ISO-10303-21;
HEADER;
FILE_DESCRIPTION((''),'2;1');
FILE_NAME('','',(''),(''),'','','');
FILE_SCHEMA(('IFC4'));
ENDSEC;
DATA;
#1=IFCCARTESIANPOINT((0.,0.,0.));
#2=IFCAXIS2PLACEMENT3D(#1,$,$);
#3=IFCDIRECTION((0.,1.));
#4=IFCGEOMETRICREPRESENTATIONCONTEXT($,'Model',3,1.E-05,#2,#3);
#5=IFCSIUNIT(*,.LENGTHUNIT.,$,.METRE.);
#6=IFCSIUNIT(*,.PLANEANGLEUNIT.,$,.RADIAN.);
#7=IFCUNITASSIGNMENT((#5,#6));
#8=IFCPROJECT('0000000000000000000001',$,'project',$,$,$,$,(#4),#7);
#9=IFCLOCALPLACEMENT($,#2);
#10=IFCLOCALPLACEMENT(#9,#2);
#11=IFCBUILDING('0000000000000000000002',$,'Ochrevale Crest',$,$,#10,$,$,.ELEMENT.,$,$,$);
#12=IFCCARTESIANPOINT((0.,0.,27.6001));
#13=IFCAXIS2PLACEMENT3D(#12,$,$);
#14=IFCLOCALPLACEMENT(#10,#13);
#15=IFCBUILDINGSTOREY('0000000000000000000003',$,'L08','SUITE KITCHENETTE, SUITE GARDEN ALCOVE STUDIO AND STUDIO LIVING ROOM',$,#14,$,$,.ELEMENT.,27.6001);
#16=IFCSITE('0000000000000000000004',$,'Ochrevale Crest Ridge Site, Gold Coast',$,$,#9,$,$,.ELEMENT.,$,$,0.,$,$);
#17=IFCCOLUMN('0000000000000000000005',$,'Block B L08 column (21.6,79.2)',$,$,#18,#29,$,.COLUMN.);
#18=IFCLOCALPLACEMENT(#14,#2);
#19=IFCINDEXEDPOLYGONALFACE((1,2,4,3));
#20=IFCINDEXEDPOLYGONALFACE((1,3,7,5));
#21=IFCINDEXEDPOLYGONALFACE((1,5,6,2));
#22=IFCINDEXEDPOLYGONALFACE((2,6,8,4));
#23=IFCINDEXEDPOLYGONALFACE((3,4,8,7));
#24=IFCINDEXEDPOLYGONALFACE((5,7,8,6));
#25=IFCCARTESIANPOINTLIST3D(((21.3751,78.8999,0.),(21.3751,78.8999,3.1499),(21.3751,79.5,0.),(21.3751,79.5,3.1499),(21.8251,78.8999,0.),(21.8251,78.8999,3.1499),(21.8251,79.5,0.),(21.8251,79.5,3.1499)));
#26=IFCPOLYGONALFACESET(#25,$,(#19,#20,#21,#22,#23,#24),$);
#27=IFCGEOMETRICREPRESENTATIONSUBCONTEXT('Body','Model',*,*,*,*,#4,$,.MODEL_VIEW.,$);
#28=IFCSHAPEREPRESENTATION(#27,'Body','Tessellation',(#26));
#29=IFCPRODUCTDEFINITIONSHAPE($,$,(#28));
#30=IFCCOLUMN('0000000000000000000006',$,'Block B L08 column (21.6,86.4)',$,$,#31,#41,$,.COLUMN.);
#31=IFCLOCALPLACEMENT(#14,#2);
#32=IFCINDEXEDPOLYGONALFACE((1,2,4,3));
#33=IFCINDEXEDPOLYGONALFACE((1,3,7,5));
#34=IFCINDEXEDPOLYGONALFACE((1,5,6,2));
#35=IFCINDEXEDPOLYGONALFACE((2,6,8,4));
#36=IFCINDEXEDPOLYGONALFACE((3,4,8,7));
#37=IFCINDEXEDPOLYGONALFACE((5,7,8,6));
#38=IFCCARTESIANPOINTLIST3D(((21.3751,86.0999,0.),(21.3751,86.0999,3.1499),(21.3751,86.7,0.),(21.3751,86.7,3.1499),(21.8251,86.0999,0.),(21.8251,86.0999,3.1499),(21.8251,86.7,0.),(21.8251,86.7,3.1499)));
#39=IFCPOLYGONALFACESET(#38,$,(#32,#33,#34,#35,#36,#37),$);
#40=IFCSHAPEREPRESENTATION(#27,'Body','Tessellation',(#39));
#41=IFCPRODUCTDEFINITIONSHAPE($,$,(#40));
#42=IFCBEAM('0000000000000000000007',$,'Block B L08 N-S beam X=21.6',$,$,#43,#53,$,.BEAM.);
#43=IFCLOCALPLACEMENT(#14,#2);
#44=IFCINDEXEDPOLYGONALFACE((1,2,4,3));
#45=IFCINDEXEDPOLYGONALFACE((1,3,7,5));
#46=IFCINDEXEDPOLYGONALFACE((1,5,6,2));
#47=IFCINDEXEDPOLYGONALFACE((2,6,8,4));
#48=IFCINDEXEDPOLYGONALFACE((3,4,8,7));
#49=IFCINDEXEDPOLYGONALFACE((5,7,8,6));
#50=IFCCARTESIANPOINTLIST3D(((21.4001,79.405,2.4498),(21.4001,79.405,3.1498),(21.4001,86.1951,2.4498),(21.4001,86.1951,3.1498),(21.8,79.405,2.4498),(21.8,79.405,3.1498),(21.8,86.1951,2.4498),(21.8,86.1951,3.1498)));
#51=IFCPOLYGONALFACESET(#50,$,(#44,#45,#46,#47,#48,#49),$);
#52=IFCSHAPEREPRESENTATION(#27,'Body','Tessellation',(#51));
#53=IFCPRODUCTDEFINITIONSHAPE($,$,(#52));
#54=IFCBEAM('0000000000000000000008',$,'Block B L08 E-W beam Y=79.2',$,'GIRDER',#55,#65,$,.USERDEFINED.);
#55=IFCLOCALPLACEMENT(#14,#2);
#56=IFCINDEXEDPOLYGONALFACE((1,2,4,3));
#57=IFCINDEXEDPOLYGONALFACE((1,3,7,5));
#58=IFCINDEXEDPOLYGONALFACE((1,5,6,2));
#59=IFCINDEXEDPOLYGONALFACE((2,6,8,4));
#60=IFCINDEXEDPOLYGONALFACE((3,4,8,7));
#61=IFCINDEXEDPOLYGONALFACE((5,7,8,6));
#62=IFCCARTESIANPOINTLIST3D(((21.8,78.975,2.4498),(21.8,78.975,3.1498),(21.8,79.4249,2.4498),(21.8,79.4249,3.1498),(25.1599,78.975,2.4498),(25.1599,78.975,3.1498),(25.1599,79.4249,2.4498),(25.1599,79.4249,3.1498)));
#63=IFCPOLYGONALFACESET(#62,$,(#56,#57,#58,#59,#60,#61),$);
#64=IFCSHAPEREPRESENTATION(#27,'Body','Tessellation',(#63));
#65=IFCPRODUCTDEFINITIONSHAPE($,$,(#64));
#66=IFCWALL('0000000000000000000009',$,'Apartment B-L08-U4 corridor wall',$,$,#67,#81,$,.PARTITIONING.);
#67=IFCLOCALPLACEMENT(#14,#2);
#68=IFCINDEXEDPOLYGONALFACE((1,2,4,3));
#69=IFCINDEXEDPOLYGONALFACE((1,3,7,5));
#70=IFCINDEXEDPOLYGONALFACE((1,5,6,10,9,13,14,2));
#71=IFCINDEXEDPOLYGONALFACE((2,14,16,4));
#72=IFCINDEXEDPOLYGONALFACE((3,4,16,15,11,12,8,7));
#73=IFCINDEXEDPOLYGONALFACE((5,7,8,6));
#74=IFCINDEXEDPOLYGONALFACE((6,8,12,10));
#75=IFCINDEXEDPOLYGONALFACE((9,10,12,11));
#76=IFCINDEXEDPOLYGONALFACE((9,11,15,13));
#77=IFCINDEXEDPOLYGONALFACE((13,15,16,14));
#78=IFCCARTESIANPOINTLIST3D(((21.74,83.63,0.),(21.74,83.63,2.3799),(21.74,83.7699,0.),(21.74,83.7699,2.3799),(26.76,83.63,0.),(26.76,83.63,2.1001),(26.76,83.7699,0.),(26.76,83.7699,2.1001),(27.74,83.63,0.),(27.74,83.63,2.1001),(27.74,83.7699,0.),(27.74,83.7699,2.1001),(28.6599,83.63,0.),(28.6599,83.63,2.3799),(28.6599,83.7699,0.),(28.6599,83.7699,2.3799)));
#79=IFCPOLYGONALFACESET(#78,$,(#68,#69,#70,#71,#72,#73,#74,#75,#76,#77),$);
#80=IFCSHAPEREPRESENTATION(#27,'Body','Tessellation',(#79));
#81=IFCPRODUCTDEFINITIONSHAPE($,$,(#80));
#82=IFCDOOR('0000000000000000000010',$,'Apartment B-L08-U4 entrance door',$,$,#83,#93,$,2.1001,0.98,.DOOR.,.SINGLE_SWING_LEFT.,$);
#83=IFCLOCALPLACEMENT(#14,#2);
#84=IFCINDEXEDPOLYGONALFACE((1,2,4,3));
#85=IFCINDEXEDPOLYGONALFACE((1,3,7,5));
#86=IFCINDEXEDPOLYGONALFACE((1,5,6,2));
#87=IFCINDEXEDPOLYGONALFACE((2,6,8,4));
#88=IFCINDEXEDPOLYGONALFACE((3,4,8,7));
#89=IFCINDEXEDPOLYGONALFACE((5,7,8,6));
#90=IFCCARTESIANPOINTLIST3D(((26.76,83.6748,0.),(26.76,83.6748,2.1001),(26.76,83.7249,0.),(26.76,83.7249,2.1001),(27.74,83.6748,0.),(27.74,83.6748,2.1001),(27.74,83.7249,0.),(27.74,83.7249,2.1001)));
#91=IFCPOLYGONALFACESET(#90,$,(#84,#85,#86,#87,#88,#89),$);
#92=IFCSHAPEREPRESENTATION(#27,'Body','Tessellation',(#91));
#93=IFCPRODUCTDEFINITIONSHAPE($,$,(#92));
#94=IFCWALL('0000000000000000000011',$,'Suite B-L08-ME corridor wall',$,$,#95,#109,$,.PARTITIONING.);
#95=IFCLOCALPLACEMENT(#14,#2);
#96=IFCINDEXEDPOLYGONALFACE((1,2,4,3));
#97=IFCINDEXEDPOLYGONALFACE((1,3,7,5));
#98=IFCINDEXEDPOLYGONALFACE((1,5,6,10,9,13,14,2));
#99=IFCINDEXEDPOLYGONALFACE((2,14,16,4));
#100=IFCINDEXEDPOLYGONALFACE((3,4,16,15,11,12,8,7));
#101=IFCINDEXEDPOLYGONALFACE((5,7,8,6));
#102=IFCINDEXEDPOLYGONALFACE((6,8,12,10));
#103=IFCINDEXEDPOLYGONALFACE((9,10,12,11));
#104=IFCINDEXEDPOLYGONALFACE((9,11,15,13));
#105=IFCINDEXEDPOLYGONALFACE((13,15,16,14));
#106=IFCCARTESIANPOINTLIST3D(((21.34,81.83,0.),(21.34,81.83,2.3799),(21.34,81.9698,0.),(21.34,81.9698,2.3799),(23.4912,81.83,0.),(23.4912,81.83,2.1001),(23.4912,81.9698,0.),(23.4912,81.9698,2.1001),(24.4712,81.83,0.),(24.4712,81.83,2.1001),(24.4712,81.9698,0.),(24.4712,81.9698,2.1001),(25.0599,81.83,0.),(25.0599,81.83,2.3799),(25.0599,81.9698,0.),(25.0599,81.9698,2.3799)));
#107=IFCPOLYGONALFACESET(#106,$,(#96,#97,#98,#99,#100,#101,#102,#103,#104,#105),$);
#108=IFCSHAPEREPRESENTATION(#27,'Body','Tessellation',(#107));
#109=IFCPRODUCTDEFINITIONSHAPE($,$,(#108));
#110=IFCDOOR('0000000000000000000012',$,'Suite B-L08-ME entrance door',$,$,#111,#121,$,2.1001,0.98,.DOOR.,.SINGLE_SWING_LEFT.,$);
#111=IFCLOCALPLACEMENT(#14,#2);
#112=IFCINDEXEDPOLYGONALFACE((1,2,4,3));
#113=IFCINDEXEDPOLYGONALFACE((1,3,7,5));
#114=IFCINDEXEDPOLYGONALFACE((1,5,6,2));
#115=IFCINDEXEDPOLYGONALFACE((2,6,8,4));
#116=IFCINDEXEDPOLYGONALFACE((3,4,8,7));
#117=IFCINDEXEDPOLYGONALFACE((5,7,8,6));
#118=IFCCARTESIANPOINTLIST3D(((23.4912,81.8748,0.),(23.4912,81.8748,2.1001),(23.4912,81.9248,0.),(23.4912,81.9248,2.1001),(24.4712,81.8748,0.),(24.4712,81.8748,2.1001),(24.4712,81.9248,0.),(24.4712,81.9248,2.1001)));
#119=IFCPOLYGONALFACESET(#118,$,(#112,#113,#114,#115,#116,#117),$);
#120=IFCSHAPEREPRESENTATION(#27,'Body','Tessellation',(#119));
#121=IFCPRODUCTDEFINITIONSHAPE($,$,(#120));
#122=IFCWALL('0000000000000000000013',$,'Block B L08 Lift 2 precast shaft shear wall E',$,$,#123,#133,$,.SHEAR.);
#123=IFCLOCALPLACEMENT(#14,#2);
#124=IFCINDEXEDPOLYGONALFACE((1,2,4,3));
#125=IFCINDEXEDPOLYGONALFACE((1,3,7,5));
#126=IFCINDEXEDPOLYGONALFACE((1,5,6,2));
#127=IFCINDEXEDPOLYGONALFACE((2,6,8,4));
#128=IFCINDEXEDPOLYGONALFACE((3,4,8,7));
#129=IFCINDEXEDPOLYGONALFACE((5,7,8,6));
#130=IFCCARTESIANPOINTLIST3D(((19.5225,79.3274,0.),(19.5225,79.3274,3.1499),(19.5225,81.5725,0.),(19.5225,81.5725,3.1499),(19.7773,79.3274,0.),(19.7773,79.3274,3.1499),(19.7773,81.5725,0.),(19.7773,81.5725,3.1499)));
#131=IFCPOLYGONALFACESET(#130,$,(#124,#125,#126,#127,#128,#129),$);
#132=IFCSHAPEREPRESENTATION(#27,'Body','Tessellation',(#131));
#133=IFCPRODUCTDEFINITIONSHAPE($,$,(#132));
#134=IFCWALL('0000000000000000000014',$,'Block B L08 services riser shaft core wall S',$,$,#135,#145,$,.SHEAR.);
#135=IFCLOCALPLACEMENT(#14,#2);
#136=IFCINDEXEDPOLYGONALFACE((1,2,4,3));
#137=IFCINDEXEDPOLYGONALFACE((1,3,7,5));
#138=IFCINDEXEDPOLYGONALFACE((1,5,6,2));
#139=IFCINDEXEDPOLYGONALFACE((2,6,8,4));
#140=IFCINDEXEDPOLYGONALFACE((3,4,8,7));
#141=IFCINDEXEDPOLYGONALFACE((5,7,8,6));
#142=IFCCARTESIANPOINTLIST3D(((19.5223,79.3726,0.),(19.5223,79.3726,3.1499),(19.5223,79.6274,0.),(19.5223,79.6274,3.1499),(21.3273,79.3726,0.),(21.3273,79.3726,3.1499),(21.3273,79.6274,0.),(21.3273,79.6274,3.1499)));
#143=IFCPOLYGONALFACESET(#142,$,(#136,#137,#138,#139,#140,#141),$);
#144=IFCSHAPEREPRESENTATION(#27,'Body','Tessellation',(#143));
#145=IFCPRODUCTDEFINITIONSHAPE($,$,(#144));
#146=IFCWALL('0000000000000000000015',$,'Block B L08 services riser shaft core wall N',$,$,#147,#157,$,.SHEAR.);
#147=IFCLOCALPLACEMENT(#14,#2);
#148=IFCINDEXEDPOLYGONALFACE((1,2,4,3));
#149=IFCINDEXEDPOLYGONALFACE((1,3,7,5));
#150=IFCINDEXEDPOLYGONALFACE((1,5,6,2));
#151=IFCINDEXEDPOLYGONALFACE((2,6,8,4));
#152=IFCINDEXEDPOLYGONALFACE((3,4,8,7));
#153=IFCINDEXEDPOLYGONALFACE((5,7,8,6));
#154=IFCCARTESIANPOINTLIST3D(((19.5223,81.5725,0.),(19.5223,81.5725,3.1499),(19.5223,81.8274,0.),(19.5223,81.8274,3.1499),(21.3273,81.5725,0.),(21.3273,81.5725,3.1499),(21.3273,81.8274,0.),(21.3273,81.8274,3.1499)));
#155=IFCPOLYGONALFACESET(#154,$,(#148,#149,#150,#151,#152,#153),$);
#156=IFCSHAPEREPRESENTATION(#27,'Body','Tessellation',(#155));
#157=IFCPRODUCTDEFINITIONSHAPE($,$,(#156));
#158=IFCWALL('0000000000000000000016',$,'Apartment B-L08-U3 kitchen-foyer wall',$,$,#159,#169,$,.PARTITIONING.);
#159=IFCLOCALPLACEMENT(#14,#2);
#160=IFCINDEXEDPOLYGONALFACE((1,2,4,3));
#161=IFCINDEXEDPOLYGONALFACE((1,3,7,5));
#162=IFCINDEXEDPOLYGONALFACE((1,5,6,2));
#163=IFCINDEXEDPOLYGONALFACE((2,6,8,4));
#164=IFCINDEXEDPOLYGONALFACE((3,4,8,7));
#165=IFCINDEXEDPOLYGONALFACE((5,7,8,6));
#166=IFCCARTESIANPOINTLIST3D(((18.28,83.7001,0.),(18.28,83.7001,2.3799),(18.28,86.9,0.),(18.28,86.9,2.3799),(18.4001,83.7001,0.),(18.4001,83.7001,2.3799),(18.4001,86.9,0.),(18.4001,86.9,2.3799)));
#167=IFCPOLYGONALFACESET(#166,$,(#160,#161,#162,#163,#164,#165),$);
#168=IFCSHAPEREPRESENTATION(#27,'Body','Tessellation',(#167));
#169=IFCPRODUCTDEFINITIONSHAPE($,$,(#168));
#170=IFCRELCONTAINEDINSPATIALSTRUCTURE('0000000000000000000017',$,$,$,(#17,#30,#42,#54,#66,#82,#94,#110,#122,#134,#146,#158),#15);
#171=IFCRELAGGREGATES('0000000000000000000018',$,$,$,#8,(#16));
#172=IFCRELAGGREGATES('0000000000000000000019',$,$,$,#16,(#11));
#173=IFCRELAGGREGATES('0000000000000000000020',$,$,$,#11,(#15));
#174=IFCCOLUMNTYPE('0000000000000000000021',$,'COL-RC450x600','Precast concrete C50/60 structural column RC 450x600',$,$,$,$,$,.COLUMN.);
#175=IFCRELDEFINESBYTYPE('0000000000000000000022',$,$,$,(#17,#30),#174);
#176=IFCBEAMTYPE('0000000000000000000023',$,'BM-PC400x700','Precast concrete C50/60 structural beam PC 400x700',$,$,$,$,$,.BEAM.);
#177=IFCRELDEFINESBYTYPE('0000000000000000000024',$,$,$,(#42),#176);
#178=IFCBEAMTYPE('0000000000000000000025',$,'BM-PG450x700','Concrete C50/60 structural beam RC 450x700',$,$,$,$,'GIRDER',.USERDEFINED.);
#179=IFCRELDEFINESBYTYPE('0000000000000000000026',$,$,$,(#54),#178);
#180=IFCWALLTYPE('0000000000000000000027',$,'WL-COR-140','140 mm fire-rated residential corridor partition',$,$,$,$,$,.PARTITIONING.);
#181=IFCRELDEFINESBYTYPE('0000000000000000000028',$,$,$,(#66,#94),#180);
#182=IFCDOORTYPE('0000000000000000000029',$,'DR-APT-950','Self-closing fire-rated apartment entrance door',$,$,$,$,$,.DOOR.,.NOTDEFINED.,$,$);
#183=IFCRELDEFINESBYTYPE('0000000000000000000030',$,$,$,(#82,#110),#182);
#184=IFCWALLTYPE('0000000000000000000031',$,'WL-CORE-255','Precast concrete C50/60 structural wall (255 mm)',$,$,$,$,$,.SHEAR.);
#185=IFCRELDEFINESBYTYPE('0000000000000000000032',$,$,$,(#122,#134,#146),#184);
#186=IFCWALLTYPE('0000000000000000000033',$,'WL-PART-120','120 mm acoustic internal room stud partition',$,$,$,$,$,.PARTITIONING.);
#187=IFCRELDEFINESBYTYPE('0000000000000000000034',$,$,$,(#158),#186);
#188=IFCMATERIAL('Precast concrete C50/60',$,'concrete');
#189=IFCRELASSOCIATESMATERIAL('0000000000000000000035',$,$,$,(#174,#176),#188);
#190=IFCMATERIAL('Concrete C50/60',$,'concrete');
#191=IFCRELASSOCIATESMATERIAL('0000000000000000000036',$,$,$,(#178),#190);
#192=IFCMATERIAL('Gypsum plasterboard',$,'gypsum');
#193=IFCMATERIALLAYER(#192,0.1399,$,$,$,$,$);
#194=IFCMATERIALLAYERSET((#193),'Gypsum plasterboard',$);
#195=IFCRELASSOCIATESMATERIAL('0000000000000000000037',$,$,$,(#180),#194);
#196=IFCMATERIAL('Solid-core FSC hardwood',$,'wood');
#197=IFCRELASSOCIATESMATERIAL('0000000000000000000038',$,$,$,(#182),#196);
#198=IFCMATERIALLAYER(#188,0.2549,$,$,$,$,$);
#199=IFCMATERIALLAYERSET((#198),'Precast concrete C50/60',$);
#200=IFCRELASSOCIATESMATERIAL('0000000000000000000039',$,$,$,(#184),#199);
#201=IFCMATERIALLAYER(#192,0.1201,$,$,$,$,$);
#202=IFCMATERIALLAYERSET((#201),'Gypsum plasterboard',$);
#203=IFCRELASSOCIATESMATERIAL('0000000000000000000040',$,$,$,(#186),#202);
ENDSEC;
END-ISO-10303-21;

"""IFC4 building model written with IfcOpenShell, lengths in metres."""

from ifc_helpers import new_model, si_unit, direction, frame, frame_2d, origin, origin_2d, place, context, subcontext, project, spatial, rectangle, extrude, material, layer, layer_set, material_profile, profile_set, type_object, element, fill, save


model = new_model("IFC4")

# Units and contexts
model_context = context("Model", 3, precision=1e-05, world=origin(), true_north=direction((0.0, 1.0)))
body_context = subcontext(model_context, "Body", "Model", "MODEL_VIEW")
ifc_project = project(units=[si_unit("LENGTHUNIT", "METRE"), si_unit("PLANEANGLEUNIT", "RADIAN")], contexts=[model_context])

# Site, building, storey
site_placement = place(None, origin())
site = spatial("IfcSite", under=ifc_project, at=site_placement, Name="Ochrevale Crest Ridge Site, Gold Coast", CompositionType="ELEMENT", RefElevation=0.0)
building_placement = place(site_placement, origin())
building = spatial("IfcBuilding", under=site, at=building_placement, Name="Ochrevale Crest", CompositionType="ELEMENT")
storey_placement = place(building_placement, frame((0.0, 0.0, 27.6001)))
storey = spatial("IfcBuildingStorey", under=building, at=storey_placement, Name="L08", Description="SUITE KITCHENETTE, SUITE GARDEN ALCOVE STUDIO AND STUDIO LIVING ROOM", CompositionType="ELEMENT", Elevation=27.6001)

# Columns
ifc_material_1 = material(Name="Precast concrete C50/60", Category="concrete")
ifc_material_profile_1 = material_profile(ifc_material_1, rectangle(XDim=0.45, YDim=0.6001, at=origin_2d()), Name="RC 450x600")
ifc_profile_set_1 = profile_set([ifc_material_profile_1], Name="Precast concrete C50/60")
column_type = type_object("IfcColumnType", Name="COL-RC450x600", Description="Precast concrete C50/60 structural column RC 450x600", PredefinedType="COLUMN", material=ifc_profile_set_1)
for number, where, z_axis, x_axis, name in (
    (1, (21.6001, 79.2, 0.0), (0.0, 0.0, 1.0), (1.0, 0.0, 0.0), "Block B L08 column (21.6,79.2)"),
    (2, (21.6001, 86.3999, 0.0), (0.0, 0.0, 1.0), (1.0, 0.0, 0.0), "Block B L08 column (21.6,86.4)"),
):
    element("IfcColumn", number, at=place(storey_placement, frame(where, z_axis=z_axis, x_axis=x_axis)), inside=storey, type_object=column_type, Name=name, PredefinedType="COLUMN", context=body_context, shape_type="SweptSolid", body=[
        extrude(rectangle(XDim=0.45, YDim=0.6001, at=origin_2d()), origin(), (0.0, 0.0, 1.0), 3.1499),
    ])

# Beams
ifc_material_profile_2 = material_profile(ifc_material_1, rectangle(XDim=0.3999, YDim=0.7, at=origin_2d()), Name="PC 400x700")
ifc_profile_set_2 = profile_set([ifc_material_profile_2], Name="Precast concrete C50/60")
beam_type_1 = type_object("IfcBeamType", Name="BM-PC400x700", Description="Precast concrete C50/60 structural beam PC 400x700", PredefinedType="BEAM", material=ifc_profile_set_2)
beam_1_placement = place(storey_placement, frame((21.6001, 79.405, 2.7998), z_axis=(0.0, 1.0, 0.0), x_axis=(-1.0, 0.0, 0.0)))
element("IfcBeam", 3, at=beam_1_placement, inside=storey, type_object=beam_type_1, Name="Block B L08 N-S beam X=21.6", PredefinedType="BEAM", context=body_context, shape_type="SweptSolid", body=[
    extrude(rectangle(XDim=0.3999, YDim=0.7, at=origin_2d()), origin(), (0.0, 0.0, 1.0), 6.79),
])
ifc_material_2 = material(Name="Concrete C50/60", Category="concrete")
ifc_material_profile_3 = material_profile(ifc_material_2, rectangle(XDim=0.45, YDim=0.7, at=origin_2d()), Name="RC 450x700")
ifc_profile_set_3 = profile_set([ifc_material_profile_3], Name="Concrete C50/60")
beam_type_2 = type_object("IfcBeamType", Name="BM-PG450x700", Description="Concrete C50/60 structural beam RC 450x700", ElementType="GIRDER", PredefinedType="USERDEFINED", material=ifc_profile_set_3)
beam_2_placement = place(storey_placement, frame((21.8, 79.2, 2.7998), z_axis=(1.0, 0.0, 0.0), x_axis=(0.0, 1.0, 0.0)))
element("IfcBeam", 4, at=beam_2_placement, inside=storey, type_object=beam_type_2, Name="Block B L08 E-W beam Y=79.2", ObjectType="GIRDER", PredefinedType="USERDEFINED", context=body_context, shape_type="SweptSolid", body=[
    extrude(rectangle(XDim=0.45, YDim=0.7, at=origin_2d()), origin(), (0.0, 0.0, 1.0), 3.3599),
])

# Walls, openings, doors
ifc_material_3 = material(Name="Gypsum plasterboard", Category="gypsum")
ifc_layer_1 = layer(ifc_material_3, 0.1399)
ifc_layer_set_1 = layer_set([ifc_layer_1], Name="Gypsum plasterboard")
wall_type_1 = type_object("IfcWallType", Name="WL-COR-140", Description="140 mm fire-rated residential corridor partition", PredefinedType="PARTITIONING", material=ifc_layer_set_1)
wall_1_placement = place(storey_placement, frame((21.74, 83.7, 0.0), z_axis=(0.0, 0.0, 1.0), x_axis=(1.0, 0.0, 0.0)))
wall_1 = element("IfcWall", 5, at=wall_1_placement, inside=storey, type_object=wall_type_1, Name="Apartment B-L08-U4 corridor wall", PredefinedType="PARTITIONING", context=body_context, shape_type="SweptSolid", body=[
    extrude(rectangle(XDim=6.9199, YDim=0.1399, at=frame_2d((3.46, 0.0))), origin(), (0.0, 0.0, 1.0), 2.3799),
])
opening_1_placement = place(wall_1_placement, frame((5.02, 0.0, 0.0)))
opening_1 = element("IfcOpeningElement", 6, at=opening_1_placement, cuts=wall_1, PredefinedType="OPENING", context=body_context, shape_type="SweptSolid", body=[
    extrude(rectangle(XDim=0.98, YDim=2.1001, at=frame_2d((0.49, 1.05))), frame((0.0, 0.0801, 0.0), z_axis=(0.0, -1.0, 0.0), x_axis=(1.0, 0.0, 0.0)), (0.0, 0.0, 1.0), 0.1599),
])
ifc_material_4 = material(Name="Solid-core FSC hardwood", Category="wood")
door_type_1 = type_object("IfcDoorType", Name="DR-APT-950", Description="Self-closing fire-rated apartment entrance door", OperationType="NOTDEFINED", PredefinedType="DOOR", material=ifc_material_4)
door_1_placement = place(opening_1_placement, origin())
door_1 = element("IfcDoor", 7, at=door_1_placement, inside=storey, type_object=door_type_1, Name="Apartment B-L08-U4 entrance door", OperationType="SINGLE_SWING_LEFT", OverallHeight=2.1001, OverallWidth=0.98, PredefinedType="DOOR", context=body_context, shape_type="SweptSolid", body=[
    extrude(rectangle(XDim=0.98, YDim=2.1001, at=frame_2d((0.49, 1.05))), frame((0.0, 0.0249, 0.0), z_axis=(0.0, -1.0, 0.0), x_axis=(1.0, 0.0, 0.0)), (0.0, 0.0, 1.0), 0.05),
])
fill(opening_1, door_1)
wall_2_placement = place(storey_placement, frame((21.3401, 81.8999, 0.0), z_axis=(0.0, 0.0, 1.0), x_axis=(1.0, 0.0, 0.0)))
wall_2 = element("IfcWall", 8, at=wall_2_placement, inside=storey, type_object=wall_type_1, Name="Suite B-L08-ME corridor wall", PredefinedType="PARTITIONING", context=body_context, shape_type="SweptSolid", body=[
    extrude(rectangle(XDim=3.72, YDim=0.1399, at=frame_2d((1.8599, 0.0))), origin(), (0.0, 0.0, 1.0), 2.3799),
])
opening_2_placement = place(wall_2_placement, frame((2.1511, 0.0, 0.0)))
opening_2 = element("IfcOpeningElement", 9, at=opening_2_placement, cuts=wall_2, PredefinedType="OPENING", context=body_context, shape_type="SweptSolid", body=[
    extrude(rectangle(XDim=0.98, YDim=2.1001, at=frame_2d((0.49, 1.05))), frame((0.0, 0.0801, 0.0), z_axis=(0.0, -1.0, 0.0), x_axis=(1.0, 0.0, 0.0)), (0.0, 0.0, 1.0), 0.1599),
])
door_2_placement = place(opening_2_placement, origin())
door_2 = element("IfcDoor", 10, at=door_2_placement, inside=storey, type_object=door_type_1, Name="Suite B-L08-ME entrance door", OperationType="SINGLE_SWING_LEFT", OverallHeight=2.1001, OverallWidth=0.98, PredefinedType="DOOR", context=body_context, shape_type="SweptSolid", body=[
    extrude(rectangle(XDim=0.98, YDim=2.1001, at=frame_2d((0.49, 1.05))), frame((0.0, 0.0249, 0.0), z_axis=(0.0, -1.0, 0.0), x_axis=(1.0, 0.0, 0.0)), (0.0, 0.0, 1.0), 0.05),
])
fill(opening_2, door_2)
ifc_layer_2 = layer(ifc_material_1, 0.2549)
ifc_layer_set_2 = layer_set([ifc_layer_2], Name="Precast concrete C50/60")
wall_type_2 = type_object("IfcWallType", Name="WL-CORE-255", Description="Precast concrete C50/60 structural wall (255 mm)", PredefinedType="SHEAR", material=ifc_layer_set_2)

# Walls
wall_3_placement = place(storey_placement, frame((19.6499, 79.3274, 0.0), z_axis=(0.0, 0.0, 1.0), x_axis=(0.0, 1.0, 0.0)))
element("IfcWall", 11, at=wall_3_placement, inside=storey, type_object=wall_type_2, Name="Block B L08 Lift 2 precast shaft shear wall E", PredefinedType="SHEAR", context=body_context, shape_type="SweptSolid", body=[
    extrude(rectangle(XDim=2.2451, YDim=0.2549, at=frame_2d((1.1226, 0.0))), origin(), (0.0, 0.0, 1.0), 3.1499),
])
for number, where, z_axis, x_axis, name in (
    (12, (19.5225, 79.5, 0.0), (0.0, 0.0, 1.0), (1.0, 0.0, 0.0), "Block B L08 services riser shaft core wall S"),
    (13, (19.5225, 81.7, 0.0), (0.0, 0.0, 1.0), (1.0, 0.0, 0.0), "Block B L08 services riser shaft core wall N"),
):
    element("IfcWall", number, at=place(storey_placement, frame(where, z_axis=z_axis, x_axis=x_axis)), inside=storey, type_object=wall_type_2, Name=name, PredefinedType="SHEAR", context=body_context, shape_type="SweptSolid", body=[
        extrude(rectangle(XDim=1.8049, YDim=0.2549, at=frame_2d((0.9023, 0.0))), origin(), (0.0, 0.0, 1.0), 3.1499),
    ])
ifc_layer_3 = layer(ifc_material_3, 0.1201)
ifc_layer_set_3 = layer_set([ifc_layer_3], Name="Gypsum plasterboard")
wall_type_3 = type_object("IfcWallType", Name="WL-PART-120", Description="120 mm acoustic internal room stud partition", PredefinedType="PARTITIONING", material=ifc_layer_set_3)
wall_4_placement = place(storey_placement, frame((18.3401, 83.7, 0.0), z_axis=(0.0, 0.0, 1.0), x_axis=(0.0, 1.0, 0.0)))
element("IfcWall", 14, at=wall_4_placement, inside=storey, type_object=wall_type_3, Name="Apartment B-L08-U3 kitchen-foyer wall", PredefinedType="PARTITIONING", context=body_context, shape_type="SweptSolid", body=[
    extrude(rectangle(XDim=3.2, YDim=0.1201, at=frame_2d((1.6001, 0.0))), origin(), (0.0, 0.0, 1.0), 2.3799),
])

save(model, "model.ifc")
